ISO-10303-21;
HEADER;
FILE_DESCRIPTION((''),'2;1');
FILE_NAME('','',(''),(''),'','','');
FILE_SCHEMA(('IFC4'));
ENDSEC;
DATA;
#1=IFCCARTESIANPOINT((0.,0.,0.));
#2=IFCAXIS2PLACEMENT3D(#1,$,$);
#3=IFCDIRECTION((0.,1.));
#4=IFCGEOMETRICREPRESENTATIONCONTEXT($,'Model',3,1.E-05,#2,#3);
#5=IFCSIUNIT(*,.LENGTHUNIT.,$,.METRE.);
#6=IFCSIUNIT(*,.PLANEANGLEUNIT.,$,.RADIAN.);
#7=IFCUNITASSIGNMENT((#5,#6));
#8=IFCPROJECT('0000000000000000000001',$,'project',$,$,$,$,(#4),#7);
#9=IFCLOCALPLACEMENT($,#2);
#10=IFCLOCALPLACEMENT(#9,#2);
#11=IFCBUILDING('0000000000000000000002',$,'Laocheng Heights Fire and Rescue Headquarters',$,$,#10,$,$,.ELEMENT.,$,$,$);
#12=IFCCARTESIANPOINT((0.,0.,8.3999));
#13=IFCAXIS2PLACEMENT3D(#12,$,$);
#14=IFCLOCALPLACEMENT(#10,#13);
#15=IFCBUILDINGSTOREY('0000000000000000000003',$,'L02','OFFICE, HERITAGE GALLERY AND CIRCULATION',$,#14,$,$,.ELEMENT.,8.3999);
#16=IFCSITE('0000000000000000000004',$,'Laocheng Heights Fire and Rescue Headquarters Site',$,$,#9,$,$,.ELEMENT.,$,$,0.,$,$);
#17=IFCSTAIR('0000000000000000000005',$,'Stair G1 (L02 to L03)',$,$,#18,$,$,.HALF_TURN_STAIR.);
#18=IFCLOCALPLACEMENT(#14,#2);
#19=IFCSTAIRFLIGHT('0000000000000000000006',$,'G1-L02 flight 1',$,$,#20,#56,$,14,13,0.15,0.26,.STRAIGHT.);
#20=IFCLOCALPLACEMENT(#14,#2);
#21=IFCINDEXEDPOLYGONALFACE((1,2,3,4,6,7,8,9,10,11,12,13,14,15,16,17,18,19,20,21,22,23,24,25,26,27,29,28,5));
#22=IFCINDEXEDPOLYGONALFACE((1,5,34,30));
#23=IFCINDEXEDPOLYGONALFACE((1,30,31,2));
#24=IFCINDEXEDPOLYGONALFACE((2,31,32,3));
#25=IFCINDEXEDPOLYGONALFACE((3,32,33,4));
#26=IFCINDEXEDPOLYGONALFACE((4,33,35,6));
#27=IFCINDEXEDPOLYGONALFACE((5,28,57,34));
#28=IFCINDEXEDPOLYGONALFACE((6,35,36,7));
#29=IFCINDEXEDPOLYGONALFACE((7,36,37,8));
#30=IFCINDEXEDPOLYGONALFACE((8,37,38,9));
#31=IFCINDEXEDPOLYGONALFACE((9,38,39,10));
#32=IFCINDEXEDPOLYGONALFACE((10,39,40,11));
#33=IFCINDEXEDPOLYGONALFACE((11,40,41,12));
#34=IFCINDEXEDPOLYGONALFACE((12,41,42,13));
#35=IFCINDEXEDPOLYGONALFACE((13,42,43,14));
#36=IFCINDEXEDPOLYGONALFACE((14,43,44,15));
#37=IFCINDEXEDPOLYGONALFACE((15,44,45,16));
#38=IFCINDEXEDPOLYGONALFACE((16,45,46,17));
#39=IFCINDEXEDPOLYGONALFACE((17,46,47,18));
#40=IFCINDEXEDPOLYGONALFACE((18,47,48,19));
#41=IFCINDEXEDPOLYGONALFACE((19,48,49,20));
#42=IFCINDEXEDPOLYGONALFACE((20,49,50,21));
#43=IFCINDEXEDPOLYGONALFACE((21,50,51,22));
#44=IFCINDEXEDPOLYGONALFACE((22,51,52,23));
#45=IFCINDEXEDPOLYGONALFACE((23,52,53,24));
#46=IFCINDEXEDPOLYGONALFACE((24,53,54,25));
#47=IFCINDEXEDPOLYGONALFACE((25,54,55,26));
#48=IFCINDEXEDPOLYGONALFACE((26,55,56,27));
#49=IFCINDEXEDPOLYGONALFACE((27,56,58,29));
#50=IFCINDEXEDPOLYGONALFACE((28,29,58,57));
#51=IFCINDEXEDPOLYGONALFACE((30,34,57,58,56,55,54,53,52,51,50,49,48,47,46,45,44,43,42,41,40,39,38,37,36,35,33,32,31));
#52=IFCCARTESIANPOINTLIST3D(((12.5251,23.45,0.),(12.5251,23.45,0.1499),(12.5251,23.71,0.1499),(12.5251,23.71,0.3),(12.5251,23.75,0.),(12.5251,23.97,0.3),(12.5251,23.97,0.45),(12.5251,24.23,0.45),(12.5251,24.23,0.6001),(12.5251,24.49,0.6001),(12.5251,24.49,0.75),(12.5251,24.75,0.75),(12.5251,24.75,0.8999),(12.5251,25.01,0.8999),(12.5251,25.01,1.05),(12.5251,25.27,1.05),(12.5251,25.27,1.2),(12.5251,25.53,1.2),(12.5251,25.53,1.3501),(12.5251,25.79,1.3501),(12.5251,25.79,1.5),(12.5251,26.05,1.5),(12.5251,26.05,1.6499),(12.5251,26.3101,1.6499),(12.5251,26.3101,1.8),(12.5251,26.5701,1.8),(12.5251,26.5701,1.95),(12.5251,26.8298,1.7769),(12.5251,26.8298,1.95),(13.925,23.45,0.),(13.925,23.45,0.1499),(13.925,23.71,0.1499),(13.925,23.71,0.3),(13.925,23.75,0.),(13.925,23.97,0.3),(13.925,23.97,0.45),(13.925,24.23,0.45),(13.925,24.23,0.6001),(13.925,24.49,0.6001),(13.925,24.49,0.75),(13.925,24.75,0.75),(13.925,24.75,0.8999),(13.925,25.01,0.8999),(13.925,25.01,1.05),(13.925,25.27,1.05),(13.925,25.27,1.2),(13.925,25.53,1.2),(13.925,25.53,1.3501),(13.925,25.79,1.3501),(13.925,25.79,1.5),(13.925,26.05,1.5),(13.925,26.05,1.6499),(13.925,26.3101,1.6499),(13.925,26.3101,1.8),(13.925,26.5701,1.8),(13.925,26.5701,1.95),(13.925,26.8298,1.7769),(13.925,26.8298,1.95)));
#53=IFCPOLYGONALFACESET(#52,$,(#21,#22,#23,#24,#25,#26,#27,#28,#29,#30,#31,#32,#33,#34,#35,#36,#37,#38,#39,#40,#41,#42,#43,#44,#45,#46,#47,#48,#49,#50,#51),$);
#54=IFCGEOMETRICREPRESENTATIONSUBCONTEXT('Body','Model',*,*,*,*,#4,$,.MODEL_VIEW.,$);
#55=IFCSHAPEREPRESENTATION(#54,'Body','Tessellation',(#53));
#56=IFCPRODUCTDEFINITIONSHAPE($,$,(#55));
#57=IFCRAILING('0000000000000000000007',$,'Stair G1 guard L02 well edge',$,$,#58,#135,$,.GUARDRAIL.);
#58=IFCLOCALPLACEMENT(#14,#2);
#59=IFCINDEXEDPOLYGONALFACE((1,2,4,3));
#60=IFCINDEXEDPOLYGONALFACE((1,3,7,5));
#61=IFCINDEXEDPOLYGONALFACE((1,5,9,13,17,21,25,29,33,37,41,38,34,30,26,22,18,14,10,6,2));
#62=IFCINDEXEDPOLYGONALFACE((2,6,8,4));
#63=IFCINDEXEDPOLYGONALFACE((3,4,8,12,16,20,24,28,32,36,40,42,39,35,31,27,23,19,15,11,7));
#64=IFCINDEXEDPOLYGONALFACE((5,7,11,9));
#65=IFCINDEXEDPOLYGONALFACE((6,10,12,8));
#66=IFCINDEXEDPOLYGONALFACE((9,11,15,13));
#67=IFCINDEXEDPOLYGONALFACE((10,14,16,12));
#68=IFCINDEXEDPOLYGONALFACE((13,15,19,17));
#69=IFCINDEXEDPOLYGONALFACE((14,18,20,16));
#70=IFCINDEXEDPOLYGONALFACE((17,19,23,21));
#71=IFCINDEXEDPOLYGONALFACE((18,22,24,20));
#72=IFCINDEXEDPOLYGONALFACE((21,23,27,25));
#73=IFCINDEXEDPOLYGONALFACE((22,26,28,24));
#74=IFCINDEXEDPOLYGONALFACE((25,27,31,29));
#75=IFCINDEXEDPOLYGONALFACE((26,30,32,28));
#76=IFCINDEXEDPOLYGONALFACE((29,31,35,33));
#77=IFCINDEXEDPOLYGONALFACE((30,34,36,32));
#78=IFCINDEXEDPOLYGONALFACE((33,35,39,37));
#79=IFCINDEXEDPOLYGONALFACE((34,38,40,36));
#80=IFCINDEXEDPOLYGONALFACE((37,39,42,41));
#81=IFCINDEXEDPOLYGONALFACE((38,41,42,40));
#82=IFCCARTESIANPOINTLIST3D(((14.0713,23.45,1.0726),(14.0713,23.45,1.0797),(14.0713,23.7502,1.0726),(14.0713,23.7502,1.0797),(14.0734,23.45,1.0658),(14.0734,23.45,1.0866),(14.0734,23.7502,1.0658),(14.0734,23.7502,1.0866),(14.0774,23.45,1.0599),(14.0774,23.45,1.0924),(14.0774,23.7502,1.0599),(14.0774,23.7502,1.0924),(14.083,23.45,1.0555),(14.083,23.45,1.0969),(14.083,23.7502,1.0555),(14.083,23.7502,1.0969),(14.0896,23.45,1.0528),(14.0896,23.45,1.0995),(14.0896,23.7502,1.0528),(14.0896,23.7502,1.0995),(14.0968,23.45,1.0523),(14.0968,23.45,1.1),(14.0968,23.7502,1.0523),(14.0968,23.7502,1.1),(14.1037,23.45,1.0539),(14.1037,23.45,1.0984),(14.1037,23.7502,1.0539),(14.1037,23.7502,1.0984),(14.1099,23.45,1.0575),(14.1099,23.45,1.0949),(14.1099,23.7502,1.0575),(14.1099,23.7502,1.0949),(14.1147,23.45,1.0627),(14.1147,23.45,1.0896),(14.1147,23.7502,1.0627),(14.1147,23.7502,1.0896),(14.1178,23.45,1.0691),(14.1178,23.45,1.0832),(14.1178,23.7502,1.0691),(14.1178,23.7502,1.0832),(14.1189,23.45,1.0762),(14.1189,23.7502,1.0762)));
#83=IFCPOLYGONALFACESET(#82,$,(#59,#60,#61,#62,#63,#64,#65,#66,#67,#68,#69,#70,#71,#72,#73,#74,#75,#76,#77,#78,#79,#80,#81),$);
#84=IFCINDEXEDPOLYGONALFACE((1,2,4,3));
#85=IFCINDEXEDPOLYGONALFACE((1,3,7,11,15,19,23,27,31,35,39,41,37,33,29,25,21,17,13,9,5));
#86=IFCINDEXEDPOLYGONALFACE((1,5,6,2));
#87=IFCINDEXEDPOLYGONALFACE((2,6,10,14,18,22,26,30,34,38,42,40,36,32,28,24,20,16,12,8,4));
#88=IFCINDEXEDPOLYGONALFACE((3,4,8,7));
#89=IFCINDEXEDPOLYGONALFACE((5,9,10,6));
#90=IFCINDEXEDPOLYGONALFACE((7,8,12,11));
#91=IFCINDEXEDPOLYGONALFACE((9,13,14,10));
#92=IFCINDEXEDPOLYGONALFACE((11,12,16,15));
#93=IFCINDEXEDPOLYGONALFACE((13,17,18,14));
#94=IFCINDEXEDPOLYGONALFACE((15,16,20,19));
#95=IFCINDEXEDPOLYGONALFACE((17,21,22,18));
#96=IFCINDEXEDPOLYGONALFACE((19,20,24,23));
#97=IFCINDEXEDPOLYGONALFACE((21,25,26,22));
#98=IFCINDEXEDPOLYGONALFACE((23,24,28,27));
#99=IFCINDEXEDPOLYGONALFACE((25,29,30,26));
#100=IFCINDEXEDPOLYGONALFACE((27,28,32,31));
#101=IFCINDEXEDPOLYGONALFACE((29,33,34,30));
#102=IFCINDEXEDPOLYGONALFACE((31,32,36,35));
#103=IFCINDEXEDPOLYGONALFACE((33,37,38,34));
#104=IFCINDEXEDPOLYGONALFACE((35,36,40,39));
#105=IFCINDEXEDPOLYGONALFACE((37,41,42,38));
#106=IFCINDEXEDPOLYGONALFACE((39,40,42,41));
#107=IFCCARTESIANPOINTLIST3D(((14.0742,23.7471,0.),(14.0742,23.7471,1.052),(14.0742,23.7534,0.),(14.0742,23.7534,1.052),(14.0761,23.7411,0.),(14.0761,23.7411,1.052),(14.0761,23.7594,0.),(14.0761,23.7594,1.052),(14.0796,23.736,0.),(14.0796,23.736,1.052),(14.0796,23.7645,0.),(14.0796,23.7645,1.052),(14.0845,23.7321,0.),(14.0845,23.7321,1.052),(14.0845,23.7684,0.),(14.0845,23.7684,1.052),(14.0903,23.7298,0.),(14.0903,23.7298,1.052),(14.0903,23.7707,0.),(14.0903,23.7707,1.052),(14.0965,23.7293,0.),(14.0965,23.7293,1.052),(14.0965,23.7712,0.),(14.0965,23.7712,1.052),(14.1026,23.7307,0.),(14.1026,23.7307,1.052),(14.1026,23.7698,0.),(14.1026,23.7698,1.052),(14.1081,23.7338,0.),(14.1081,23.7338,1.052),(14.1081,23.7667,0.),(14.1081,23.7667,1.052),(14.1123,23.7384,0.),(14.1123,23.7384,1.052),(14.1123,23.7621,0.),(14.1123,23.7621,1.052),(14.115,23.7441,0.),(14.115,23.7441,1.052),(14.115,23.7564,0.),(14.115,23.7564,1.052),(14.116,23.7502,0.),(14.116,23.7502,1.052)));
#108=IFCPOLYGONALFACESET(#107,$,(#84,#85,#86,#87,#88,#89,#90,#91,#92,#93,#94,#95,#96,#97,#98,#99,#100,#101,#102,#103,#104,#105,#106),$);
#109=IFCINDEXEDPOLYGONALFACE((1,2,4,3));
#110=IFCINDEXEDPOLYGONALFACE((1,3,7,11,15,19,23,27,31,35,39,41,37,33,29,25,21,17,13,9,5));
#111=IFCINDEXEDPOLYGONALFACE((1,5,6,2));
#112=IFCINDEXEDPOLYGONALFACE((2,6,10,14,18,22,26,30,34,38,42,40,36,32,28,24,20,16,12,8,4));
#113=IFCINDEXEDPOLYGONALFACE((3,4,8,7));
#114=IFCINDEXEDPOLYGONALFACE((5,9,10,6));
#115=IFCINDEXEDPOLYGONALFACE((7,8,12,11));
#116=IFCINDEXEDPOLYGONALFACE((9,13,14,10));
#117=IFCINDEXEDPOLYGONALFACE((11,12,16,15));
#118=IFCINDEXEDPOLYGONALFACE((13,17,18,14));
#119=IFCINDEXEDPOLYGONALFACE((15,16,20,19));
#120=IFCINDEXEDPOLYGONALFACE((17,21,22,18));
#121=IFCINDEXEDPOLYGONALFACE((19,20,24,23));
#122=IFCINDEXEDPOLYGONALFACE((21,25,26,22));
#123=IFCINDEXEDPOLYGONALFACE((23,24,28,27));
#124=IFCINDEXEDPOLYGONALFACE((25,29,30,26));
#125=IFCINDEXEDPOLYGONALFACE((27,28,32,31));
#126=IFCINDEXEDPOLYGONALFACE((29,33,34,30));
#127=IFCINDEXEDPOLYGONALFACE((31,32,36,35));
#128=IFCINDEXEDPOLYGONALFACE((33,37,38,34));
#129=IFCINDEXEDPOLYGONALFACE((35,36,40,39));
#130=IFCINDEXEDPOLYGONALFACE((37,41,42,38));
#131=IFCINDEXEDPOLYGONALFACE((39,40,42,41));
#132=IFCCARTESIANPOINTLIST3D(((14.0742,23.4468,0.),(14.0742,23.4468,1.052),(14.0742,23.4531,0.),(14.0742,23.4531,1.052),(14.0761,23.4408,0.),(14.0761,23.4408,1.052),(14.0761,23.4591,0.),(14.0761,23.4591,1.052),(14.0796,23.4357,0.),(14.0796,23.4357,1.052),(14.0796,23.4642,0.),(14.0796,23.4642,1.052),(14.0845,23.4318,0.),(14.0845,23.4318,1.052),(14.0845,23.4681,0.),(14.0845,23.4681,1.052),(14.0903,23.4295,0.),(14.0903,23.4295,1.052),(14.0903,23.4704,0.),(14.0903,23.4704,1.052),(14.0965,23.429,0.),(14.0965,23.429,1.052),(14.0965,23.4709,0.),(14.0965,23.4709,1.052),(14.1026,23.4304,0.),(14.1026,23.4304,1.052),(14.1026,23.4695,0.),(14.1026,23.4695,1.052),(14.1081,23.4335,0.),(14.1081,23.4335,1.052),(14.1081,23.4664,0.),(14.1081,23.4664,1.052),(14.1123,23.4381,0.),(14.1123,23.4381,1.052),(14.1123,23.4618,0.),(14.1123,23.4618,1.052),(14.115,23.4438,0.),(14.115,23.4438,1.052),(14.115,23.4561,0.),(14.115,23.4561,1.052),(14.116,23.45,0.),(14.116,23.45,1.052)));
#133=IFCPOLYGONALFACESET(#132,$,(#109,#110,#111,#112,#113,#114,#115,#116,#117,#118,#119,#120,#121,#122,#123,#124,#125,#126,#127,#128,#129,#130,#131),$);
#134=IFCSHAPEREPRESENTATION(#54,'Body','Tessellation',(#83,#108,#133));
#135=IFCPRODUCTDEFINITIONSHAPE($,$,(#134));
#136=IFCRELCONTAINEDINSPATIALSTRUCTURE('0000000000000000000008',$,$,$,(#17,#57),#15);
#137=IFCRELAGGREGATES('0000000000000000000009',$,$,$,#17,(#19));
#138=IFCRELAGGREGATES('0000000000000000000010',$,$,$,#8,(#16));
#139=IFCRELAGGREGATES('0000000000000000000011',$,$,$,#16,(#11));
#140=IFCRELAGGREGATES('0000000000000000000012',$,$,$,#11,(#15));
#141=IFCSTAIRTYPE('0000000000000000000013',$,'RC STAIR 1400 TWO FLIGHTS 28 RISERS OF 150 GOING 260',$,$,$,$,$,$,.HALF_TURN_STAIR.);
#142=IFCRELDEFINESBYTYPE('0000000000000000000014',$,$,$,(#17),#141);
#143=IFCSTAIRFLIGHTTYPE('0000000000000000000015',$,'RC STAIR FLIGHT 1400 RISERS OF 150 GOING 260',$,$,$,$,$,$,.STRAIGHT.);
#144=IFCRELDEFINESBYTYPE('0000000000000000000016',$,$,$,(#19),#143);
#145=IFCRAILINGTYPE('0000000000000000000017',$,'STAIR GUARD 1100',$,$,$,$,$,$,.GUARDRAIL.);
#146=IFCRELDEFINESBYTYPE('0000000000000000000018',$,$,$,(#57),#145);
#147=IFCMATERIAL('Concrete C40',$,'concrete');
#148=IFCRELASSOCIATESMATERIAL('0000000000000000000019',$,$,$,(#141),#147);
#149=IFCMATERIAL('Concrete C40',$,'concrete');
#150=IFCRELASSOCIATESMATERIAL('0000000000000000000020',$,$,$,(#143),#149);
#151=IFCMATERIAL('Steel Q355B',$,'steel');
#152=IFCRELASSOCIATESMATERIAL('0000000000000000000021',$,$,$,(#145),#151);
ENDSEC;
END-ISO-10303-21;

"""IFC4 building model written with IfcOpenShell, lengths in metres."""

from ifc_helpers import new_model, si_unit, direction, frame, origin, origin_2d, place, context, subcontext, project, spatial, polyline, circle, outline, extrude, material, type_object, element, aggregate, save


model = new_model("IFC4")

# Units and contexts
model_context = context("Model", 3, precision=1e-05, world=origin(), true_north=direction((0.0, 1.0)))
body_context = subcontext(model_context, "Body", "Model", "MODEL_VIEW")
ifc_project = project(units=[si_unit("LENGTHUNIT", "METRE"), si_unit("PLANEANGLEUNIT", "RADIAN")], contexts=[model_context])

# Site, building, storey
site_placement = place(None, origin())
site = spatial("IfcSite", under=ifc_project, at=site_placement, Name="Laocheng Heights Fire and Rescue Headquarters Site", CompositionType="ELEMENT", RefElevation=0.0)
building_placement = place(site_placement, origin())
building = spatial("IfcBuilding", under=site, at=building_placement, Name="Laocheng Heights Fire and Rescue Headquarters", CompositionType="ELEMENT")
storey_placement = place(building_placement, frame((0.0, 0.0, 8.3999)))
storey = spatial("IfcBuildingStorey", under=building, at=storey_placement, Name="L02", Description="OFFICE, HERITAGE GALLERY AND CIRCULATION", CompositionType="ELEMENT", Elevation=8.3999)

# Stair, stair flight
ifc_material_1 = material(Name="Concrete C40", Category="concrete")
stair_type = type_object("IfcStairType", Name="RC STAIR 1400 TWO FLIGHTS 28 RISERS OF 150 GOING 260", PredefinedType="HALF_TURN_STAIR", material=ifc_material_1)
stair_placement = place(storey_placement, origin())
stair = element("IfcStair", 1, at=stair_placement, inside=storey, type_object=stair_type, Name="Stair G1 (L02 to L03)", PredefinedType="HALF_TURN_STAIR")
ifc_material_2 = material(Name="Concrete C40", Category="concrete")
stair_flight_type = type_object("IfcStairFlightType", Name="RC STAIR FLIGHT 1400 RISERS OF 150 GOING 260", PredefinedType="STRAIGHT", material=ifc_material_2)
stair_flight_placement = place(storey_placement, frame((13.2251, 23.45, 0.0), z_axis=(0.0, 0.0, 1.0), x_axis=(0.0, 1.0, 0.0)))
stair_flight = element("IfcStairFlight", 2, at=stair_flight_placement, type_object=stair_flight_type, Name="G1-L02 flight 1", NumberOfRisers=14, NumberOfTreads=13, PredefinedType="STRAIGHT", RiserHeight=0.15, TreadLength=0.26, context=body_context, shape_type="SweptSolid", body=[
    extrude(outline(polyline([(0.0, 0.0), (0.0, 0.1499), (0.26, 0.1499), (0.26, 0.3), (0.52, 0.3), (0.52, 0.45), (0.78, 0.45), (0.78, 0.6001), (1.04, 0.6001), (1.04, 0.75), (1.3, 0.75), (1.3, 0.8999), (1.5601, 0.8999), (1.5601, 1.05), (1.8201, 1.05), (1.8201, 1.2), (2.0801, 1.2), (2.0801, 1.3501), (2.3401, 1.3501), (2.3401, 1.5), (2.6001, 1.5), (2.6001, 1.6499), (2.8601, 1.6499), (2.8601, 1.8), (3.1201, 1.8), (3.1201, 1.95), (3.3799, 1.95), (3.3799, 2.1001), (3.3799, 1.7769), (0.3, 0.0), (0.0, 0.0)])), frame((0.0, 0.7, 0.0), z_axis=(0.0, -1.0, 0.0), x_axis=(1.0, 0.0, 0.0)), (0.0, 0.0, 1.0), 1.3999),
])
aggregate(stair, [stair_flight])

# Railing
ifc_material_3 = material(Name="Steel Q355B", Category="steel")
railing_type_1 = type_object("IfcRailingType", Name="STAIR GUARD 1100", PredefinedType="GUARDRAIL", material=ifc_material_3)
railing_1_placement = place(storey_placement, frame((14.095, 23.7502, 0.0)))
element("IfcRailing", 3, at=railing_1_placement, inside=storey, type_object=railing_type_1, Name="Stair G1 guard L02 well edge", PredefinedType="GUARDRAIL", context=body_context, shape_type="SweptSolid", body=[
    extrude(circle(Radius=0.0239, at=origin_2d()), frame((0.0, 0.0, 1.0762), z_axis=(0.0, -1.0, 0.0), x_axis=(1.0, 0.0, 0.0)), (0.0, 0.0, 1.0), 0.3003),
    extrude(circle(Radius=0.021, at=origin_2d()), origin(), (0.0, 0.0, 1.0), 1.052),
    extrude(circle(Radius=0.021, at=origin_2d()), frame((0.0, -0.3003, 0.0)), (0.0, 0.0, 1.0), 1.052),
])

save(model, "model.ifc")
